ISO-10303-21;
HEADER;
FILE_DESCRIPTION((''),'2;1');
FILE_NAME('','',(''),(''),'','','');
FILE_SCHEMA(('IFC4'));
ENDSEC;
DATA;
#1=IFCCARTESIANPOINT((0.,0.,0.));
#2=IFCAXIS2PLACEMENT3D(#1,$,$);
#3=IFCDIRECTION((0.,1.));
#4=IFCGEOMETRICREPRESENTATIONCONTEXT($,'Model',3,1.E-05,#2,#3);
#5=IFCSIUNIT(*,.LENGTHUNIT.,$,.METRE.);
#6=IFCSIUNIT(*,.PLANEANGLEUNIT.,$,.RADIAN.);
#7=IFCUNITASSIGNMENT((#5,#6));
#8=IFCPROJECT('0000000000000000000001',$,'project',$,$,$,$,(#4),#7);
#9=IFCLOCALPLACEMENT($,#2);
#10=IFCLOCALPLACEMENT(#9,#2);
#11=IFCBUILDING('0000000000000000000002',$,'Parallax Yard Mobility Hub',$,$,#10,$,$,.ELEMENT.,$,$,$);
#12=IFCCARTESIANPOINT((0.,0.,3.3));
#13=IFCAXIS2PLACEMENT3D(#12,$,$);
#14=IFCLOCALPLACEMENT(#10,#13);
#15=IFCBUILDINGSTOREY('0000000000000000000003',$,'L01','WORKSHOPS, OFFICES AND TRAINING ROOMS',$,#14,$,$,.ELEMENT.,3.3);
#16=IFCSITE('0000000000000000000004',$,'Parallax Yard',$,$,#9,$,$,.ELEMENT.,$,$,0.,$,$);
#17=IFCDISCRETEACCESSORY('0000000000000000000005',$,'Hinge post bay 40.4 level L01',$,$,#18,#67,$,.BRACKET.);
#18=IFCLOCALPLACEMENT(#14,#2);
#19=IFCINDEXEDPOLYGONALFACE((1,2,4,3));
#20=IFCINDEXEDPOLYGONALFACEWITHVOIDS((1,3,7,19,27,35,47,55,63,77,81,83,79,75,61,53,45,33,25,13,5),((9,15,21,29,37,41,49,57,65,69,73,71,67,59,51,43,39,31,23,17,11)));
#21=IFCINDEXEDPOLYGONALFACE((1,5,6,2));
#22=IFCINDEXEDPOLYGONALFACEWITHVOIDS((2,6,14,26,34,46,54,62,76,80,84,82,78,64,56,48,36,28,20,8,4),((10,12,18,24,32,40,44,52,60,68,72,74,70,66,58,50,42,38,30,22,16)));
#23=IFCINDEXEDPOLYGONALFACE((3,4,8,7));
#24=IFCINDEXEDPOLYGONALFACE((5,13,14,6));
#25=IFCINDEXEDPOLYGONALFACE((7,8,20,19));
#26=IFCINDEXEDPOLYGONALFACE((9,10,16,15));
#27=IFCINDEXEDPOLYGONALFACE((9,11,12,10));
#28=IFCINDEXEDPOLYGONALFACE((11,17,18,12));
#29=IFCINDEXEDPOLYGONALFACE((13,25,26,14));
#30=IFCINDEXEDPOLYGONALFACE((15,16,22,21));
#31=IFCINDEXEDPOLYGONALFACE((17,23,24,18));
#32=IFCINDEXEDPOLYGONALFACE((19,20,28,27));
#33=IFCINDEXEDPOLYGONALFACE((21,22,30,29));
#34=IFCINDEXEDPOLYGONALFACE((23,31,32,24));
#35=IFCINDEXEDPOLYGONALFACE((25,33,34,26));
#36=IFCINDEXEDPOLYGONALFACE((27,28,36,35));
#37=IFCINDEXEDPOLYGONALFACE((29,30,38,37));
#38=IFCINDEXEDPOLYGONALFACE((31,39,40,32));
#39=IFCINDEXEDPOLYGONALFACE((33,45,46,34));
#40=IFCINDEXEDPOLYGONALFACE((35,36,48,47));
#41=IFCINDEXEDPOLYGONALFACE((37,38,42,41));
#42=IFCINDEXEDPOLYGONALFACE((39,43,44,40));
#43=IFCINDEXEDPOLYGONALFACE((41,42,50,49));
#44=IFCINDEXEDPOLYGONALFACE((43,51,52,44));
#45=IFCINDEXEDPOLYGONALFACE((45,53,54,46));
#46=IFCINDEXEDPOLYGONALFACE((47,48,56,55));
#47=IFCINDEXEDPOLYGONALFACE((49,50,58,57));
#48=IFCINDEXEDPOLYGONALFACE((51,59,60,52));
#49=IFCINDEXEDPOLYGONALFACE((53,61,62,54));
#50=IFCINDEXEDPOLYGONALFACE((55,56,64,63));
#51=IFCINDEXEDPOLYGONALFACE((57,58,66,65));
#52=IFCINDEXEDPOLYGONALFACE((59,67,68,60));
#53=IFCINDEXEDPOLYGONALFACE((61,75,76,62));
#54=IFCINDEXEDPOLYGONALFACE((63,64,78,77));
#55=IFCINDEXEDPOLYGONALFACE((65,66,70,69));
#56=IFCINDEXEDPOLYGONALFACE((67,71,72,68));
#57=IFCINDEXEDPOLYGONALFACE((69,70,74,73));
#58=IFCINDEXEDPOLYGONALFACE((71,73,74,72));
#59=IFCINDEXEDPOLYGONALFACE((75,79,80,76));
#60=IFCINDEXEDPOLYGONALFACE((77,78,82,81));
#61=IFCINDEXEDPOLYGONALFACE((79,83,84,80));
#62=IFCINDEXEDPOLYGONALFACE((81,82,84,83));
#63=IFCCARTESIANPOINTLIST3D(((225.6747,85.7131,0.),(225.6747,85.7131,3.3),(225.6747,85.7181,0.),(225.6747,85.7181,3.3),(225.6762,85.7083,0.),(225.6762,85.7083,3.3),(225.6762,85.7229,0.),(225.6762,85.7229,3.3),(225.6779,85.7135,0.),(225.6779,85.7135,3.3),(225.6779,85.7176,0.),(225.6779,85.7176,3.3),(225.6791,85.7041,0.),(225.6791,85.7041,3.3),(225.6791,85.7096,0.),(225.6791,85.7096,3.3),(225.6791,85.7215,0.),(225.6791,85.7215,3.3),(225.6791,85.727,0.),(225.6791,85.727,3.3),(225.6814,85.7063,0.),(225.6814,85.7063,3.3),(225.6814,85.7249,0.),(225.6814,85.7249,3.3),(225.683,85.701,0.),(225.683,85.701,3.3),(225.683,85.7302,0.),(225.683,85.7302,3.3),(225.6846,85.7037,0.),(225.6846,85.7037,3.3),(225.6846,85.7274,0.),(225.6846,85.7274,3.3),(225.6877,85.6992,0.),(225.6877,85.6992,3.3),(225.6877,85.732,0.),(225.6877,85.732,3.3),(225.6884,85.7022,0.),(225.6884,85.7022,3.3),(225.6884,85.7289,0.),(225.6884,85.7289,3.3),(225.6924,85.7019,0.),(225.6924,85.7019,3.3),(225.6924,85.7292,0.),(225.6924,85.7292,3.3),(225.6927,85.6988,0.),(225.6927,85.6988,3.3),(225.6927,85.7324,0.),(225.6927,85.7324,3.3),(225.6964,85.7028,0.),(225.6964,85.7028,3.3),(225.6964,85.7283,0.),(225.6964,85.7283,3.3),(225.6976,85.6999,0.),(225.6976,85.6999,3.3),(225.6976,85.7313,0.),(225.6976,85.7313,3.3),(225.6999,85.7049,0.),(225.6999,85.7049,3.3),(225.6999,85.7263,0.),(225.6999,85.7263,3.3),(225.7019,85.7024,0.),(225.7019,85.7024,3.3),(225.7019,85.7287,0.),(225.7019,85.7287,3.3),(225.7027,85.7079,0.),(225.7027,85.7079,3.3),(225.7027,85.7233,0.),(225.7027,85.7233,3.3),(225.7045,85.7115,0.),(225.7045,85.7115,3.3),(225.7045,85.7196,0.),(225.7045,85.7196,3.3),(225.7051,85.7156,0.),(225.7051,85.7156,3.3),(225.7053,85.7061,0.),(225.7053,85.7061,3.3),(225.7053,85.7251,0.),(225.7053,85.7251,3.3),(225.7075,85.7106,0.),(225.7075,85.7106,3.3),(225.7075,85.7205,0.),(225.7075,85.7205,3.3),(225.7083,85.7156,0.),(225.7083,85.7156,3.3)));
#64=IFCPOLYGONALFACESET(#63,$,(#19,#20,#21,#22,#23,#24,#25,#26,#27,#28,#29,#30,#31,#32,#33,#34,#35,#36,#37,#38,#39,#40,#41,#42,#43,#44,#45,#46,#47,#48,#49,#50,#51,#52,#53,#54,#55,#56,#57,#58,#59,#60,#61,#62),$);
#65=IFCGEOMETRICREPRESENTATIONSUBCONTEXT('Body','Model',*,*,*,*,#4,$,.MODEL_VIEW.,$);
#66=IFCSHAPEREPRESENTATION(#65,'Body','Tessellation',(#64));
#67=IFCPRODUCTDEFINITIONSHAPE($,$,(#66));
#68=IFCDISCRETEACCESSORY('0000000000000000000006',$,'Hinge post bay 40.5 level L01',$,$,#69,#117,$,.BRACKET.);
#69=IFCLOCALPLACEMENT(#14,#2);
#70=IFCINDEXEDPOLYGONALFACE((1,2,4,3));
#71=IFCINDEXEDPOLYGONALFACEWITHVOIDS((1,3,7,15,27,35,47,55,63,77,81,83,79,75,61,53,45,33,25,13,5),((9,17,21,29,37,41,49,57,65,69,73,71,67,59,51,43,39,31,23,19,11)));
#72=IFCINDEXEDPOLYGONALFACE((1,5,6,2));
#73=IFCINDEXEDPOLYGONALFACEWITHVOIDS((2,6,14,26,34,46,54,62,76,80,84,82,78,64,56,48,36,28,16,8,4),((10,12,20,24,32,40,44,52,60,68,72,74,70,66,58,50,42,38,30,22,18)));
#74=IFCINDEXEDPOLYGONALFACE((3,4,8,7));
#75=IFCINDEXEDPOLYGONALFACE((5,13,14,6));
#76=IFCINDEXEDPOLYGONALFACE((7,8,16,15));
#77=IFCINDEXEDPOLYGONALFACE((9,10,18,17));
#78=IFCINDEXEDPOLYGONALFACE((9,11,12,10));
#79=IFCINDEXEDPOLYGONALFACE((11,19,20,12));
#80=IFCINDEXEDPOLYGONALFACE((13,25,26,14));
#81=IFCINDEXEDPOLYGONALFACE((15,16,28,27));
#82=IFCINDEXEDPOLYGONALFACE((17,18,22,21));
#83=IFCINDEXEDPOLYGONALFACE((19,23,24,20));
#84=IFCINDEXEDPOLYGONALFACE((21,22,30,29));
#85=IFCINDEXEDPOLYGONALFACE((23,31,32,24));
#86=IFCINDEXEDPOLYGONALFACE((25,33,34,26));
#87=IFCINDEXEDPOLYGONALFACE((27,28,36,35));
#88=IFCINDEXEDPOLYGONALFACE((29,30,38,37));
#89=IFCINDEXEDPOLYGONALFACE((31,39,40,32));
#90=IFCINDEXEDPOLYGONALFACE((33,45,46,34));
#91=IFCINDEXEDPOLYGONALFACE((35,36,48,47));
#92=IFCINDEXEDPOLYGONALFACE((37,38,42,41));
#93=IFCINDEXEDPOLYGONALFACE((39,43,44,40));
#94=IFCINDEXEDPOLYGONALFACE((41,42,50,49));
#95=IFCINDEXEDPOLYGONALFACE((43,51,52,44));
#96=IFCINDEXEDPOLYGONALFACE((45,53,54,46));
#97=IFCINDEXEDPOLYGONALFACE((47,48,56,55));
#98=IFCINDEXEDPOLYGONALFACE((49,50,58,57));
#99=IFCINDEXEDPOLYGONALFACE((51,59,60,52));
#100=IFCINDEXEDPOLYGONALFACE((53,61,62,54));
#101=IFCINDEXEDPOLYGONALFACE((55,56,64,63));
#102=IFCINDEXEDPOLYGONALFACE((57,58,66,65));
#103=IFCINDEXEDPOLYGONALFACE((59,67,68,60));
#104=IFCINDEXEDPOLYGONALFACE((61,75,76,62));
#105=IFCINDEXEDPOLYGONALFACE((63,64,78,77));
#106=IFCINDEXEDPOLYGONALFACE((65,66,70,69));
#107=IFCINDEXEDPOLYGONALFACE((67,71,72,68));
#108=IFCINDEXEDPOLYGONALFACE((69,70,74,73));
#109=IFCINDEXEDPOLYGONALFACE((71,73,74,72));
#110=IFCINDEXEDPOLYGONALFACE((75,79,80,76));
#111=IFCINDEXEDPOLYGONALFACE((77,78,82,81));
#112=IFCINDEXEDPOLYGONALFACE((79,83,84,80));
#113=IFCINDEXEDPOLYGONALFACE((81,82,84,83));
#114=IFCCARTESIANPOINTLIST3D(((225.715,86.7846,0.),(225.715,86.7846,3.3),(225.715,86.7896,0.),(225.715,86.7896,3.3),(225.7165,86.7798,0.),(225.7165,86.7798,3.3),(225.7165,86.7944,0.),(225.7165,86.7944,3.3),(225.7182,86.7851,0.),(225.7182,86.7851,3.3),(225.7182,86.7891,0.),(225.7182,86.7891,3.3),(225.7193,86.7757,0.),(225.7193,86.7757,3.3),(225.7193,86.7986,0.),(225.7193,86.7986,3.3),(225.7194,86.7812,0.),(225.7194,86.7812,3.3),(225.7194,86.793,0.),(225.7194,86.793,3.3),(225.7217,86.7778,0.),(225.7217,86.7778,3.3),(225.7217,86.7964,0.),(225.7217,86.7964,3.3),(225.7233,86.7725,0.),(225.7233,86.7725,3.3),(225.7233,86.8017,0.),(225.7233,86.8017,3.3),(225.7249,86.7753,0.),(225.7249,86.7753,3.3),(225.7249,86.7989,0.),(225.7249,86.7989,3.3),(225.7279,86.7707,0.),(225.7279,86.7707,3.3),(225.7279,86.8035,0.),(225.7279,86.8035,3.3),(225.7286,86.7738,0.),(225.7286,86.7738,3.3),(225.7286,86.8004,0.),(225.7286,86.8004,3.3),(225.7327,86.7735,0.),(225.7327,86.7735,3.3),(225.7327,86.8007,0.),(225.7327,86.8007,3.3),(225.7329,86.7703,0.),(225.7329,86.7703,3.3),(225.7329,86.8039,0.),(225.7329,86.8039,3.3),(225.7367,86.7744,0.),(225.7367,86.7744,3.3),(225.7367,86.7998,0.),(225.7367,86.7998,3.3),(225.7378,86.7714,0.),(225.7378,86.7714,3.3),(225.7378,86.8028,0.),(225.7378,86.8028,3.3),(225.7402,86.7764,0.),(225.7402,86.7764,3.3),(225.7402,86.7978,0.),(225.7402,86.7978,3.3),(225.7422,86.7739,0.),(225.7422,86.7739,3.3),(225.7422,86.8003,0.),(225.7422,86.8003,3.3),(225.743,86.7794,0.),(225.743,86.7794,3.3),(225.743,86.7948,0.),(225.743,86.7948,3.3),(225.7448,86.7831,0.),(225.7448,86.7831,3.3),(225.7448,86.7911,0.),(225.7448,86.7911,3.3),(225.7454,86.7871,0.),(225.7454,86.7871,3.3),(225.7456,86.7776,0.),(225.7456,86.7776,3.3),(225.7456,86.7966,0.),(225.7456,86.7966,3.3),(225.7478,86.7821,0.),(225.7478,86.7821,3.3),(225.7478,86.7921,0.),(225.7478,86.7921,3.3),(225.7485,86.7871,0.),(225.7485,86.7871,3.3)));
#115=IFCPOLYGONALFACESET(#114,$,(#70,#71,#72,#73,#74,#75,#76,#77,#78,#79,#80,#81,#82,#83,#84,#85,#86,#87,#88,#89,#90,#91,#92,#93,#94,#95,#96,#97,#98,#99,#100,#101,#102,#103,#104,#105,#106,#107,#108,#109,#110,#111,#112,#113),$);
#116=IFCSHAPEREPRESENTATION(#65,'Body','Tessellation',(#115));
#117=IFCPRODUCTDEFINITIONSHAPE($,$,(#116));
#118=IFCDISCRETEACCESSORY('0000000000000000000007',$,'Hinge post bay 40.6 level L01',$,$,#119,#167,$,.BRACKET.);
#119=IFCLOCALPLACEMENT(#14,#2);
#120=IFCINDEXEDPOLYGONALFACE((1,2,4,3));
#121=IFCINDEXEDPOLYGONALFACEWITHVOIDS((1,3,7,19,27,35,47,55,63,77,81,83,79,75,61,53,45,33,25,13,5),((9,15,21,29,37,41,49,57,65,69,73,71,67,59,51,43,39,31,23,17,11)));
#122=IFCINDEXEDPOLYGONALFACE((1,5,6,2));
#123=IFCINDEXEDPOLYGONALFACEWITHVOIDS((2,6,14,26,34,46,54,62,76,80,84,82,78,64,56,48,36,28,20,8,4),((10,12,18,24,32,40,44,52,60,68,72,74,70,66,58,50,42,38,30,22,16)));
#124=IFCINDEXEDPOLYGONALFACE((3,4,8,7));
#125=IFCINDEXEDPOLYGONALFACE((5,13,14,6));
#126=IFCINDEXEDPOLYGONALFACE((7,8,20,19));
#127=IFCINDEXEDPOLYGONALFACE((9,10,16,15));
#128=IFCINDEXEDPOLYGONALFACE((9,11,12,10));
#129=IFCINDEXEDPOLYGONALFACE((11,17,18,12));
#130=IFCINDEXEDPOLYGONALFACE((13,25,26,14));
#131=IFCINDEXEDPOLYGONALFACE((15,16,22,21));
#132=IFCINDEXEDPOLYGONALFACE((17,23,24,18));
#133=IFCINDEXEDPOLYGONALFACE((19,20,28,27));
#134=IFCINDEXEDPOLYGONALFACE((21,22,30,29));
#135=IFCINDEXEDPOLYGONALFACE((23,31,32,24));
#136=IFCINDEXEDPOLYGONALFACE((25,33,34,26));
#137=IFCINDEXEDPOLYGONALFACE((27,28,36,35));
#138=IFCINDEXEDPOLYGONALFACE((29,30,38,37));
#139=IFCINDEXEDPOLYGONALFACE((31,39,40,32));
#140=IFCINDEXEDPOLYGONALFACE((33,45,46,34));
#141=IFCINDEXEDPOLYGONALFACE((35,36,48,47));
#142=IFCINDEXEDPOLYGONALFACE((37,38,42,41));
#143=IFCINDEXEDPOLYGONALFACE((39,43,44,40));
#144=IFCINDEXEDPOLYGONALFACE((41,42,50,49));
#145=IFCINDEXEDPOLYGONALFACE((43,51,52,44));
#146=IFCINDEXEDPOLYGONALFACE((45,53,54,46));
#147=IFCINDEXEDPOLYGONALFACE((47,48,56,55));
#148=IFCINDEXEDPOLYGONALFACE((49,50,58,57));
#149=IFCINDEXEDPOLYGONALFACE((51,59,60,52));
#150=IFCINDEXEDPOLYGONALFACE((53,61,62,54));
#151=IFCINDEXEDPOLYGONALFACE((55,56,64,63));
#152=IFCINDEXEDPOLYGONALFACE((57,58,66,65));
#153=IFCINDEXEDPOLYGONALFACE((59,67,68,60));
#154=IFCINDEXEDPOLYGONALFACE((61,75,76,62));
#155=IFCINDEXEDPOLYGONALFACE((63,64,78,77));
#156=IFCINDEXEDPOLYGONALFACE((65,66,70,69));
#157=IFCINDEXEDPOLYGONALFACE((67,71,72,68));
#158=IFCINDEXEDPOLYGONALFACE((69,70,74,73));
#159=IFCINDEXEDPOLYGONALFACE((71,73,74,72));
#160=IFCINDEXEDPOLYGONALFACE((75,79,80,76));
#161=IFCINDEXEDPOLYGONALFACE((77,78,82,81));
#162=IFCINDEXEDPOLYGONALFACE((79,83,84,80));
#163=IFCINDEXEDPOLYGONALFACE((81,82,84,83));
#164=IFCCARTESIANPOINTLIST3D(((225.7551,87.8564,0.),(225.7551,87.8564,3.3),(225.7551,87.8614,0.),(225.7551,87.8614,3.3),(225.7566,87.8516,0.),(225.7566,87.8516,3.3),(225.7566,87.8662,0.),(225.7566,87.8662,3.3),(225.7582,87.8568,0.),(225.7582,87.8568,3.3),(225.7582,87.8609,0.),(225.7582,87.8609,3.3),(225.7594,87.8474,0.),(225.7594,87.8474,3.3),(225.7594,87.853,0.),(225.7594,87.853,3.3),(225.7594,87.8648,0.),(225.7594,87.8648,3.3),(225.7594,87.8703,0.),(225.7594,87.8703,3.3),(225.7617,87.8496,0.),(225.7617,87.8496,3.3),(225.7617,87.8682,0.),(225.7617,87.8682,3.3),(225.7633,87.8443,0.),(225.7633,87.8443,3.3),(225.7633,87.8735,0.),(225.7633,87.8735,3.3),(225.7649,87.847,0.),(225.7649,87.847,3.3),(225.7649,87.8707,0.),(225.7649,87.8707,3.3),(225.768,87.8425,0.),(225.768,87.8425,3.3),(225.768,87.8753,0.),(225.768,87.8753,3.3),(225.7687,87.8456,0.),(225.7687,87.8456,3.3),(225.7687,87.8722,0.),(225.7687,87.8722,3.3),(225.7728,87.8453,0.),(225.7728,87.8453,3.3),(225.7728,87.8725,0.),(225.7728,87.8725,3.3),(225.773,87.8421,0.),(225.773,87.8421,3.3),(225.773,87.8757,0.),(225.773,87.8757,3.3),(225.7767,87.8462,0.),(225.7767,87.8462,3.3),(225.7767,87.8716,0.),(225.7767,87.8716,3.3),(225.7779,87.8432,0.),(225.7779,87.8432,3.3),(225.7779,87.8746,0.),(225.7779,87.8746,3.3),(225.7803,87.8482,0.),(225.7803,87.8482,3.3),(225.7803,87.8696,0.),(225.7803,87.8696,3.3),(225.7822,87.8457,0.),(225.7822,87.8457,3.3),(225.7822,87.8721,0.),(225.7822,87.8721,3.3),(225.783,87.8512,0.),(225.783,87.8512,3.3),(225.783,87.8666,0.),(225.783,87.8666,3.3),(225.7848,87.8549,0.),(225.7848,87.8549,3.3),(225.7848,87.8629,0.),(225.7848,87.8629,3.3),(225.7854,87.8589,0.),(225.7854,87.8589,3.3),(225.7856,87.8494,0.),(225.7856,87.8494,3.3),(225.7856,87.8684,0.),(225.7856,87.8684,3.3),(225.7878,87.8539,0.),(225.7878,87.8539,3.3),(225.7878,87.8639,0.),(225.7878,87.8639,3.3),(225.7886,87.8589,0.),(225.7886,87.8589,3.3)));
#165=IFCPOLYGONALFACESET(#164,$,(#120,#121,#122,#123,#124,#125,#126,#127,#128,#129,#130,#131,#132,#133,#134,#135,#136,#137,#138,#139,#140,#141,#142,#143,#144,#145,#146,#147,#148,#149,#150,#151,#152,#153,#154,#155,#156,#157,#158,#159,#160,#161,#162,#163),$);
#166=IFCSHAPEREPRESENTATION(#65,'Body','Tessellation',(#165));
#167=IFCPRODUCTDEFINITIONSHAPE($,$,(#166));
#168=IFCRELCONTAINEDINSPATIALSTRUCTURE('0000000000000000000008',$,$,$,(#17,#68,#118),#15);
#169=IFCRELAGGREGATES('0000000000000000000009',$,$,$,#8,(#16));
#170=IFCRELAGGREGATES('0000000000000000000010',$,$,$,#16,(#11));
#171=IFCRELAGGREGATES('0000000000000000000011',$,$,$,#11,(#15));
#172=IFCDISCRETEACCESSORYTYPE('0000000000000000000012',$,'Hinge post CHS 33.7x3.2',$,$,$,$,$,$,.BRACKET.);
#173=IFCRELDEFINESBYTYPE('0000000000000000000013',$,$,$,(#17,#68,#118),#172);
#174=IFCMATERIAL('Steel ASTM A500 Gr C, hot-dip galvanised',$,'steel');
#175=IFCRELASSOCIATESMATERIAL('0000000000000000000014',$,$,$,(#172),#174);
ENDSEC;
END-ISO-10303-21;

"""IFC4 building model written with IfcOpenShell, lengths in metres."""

from ifc_helpers import new_model, si_unit, direction, frame, origin, origin_2d, place, context, subcontext, project, spatial, hollow_circle, extrude, material, material_profile, profile_set, type_object, element, save


model = new_model("IFC4")

# Units and contexts
model_context = context("Model", 3, precision=1e-05, world=origin(), true_north=direction((0.0, 1.0)))
body_context = subcontext(model_context, "Body", "Model", "MODEL_VIEW")
ifc_project = project(units=[si_unit("LENGTHUNIT", "METRE"), si_unit("PLANEANGLEUNIT", "RADIAN")], contexts=[model_context])

# Site, building, storey
site_placement = place(None, origin())
site = spatial("IfcSite", under=ifc_project, at=site_placement, Name="Parallax Yard", CompositionType="ELEMENT", RefElevation=0.0)
building_placement = place(site_placement, origin())
building = spatial("IfcBuilding", under=site, at=building_placement, Name="Parallax Yard Mobility Hub", CompositionType="ELEMENT")
storey_placement = place(building_placement, frame((0.0, 0.0, 3.3)))
storey = spatial("IfcBuildingStorey", under=building, at=storey_placement, Name="L01", Description="WORKSHOPS, OFFICES AND TRAINING ROOMS", CompositionType="ELEMENT", Elevation=3.3)

# Discrete accessories
ifc_material_1 = material(Name="Steel ASTM A500 Gr C, hot-dip galvanised", Category="steel")
ifc_material_profile_1 = material_profile(ifc_material_1, hollow_circle(Radius=0.0168, WallThickness=0.0032, at=origin_2d()), Name="CHS 33.7x3.2")
ifc_profile_set_1 = profile_set([ifc_material_profile_1], Name="Steel ASTM A500 Gr C, hot-dip galvanised")
discrete_accessory_type_1 = type_object("IfcDiscreteAccessoryType", Name="Hinge post CHS 33.7x3.2", PredefinedType="BRACKET", material=ifc_profile_set_1)
for number, where, z_axis, x_axis, name in (
    (1, (225.6914, 85.7156, 0.0), (0.0, 0.0, 1.0), (1.0, 0.0, 0.0), "Hinge post bay 40.4 level L01"),
    (2, (225.7317, 86.7871, 0.0), (0.0, 0.0, 1.0), (1.0, 0.0, 0.0), "Hinge post bay 40.5 level L01"),
    (3, (225.7717, 87.8589, 0.0), (0.0, 0.0, 1.0), (1.0, 0.0, 0.0), "Hinge post bay 40.6 level L01"),
):
    element("IfcDiscreteAccessory", number, at=place(storey_placement, frame(where, z_axis=z_axis, x_axis=x_axis)), inside=storey, type_object=discrete_accessory_type_1, Name=name, PredefinedType="BRACKET", context=body_context, shape_type="SweptSolid", body=[
        extrude(hollow_circle(Radius=0.0168, WallThickness=0.0032, at=origin_2d()), origin(), (0.0, 0.0, 1.0), 3.3),
    ])

save(model, "model.ifc")
